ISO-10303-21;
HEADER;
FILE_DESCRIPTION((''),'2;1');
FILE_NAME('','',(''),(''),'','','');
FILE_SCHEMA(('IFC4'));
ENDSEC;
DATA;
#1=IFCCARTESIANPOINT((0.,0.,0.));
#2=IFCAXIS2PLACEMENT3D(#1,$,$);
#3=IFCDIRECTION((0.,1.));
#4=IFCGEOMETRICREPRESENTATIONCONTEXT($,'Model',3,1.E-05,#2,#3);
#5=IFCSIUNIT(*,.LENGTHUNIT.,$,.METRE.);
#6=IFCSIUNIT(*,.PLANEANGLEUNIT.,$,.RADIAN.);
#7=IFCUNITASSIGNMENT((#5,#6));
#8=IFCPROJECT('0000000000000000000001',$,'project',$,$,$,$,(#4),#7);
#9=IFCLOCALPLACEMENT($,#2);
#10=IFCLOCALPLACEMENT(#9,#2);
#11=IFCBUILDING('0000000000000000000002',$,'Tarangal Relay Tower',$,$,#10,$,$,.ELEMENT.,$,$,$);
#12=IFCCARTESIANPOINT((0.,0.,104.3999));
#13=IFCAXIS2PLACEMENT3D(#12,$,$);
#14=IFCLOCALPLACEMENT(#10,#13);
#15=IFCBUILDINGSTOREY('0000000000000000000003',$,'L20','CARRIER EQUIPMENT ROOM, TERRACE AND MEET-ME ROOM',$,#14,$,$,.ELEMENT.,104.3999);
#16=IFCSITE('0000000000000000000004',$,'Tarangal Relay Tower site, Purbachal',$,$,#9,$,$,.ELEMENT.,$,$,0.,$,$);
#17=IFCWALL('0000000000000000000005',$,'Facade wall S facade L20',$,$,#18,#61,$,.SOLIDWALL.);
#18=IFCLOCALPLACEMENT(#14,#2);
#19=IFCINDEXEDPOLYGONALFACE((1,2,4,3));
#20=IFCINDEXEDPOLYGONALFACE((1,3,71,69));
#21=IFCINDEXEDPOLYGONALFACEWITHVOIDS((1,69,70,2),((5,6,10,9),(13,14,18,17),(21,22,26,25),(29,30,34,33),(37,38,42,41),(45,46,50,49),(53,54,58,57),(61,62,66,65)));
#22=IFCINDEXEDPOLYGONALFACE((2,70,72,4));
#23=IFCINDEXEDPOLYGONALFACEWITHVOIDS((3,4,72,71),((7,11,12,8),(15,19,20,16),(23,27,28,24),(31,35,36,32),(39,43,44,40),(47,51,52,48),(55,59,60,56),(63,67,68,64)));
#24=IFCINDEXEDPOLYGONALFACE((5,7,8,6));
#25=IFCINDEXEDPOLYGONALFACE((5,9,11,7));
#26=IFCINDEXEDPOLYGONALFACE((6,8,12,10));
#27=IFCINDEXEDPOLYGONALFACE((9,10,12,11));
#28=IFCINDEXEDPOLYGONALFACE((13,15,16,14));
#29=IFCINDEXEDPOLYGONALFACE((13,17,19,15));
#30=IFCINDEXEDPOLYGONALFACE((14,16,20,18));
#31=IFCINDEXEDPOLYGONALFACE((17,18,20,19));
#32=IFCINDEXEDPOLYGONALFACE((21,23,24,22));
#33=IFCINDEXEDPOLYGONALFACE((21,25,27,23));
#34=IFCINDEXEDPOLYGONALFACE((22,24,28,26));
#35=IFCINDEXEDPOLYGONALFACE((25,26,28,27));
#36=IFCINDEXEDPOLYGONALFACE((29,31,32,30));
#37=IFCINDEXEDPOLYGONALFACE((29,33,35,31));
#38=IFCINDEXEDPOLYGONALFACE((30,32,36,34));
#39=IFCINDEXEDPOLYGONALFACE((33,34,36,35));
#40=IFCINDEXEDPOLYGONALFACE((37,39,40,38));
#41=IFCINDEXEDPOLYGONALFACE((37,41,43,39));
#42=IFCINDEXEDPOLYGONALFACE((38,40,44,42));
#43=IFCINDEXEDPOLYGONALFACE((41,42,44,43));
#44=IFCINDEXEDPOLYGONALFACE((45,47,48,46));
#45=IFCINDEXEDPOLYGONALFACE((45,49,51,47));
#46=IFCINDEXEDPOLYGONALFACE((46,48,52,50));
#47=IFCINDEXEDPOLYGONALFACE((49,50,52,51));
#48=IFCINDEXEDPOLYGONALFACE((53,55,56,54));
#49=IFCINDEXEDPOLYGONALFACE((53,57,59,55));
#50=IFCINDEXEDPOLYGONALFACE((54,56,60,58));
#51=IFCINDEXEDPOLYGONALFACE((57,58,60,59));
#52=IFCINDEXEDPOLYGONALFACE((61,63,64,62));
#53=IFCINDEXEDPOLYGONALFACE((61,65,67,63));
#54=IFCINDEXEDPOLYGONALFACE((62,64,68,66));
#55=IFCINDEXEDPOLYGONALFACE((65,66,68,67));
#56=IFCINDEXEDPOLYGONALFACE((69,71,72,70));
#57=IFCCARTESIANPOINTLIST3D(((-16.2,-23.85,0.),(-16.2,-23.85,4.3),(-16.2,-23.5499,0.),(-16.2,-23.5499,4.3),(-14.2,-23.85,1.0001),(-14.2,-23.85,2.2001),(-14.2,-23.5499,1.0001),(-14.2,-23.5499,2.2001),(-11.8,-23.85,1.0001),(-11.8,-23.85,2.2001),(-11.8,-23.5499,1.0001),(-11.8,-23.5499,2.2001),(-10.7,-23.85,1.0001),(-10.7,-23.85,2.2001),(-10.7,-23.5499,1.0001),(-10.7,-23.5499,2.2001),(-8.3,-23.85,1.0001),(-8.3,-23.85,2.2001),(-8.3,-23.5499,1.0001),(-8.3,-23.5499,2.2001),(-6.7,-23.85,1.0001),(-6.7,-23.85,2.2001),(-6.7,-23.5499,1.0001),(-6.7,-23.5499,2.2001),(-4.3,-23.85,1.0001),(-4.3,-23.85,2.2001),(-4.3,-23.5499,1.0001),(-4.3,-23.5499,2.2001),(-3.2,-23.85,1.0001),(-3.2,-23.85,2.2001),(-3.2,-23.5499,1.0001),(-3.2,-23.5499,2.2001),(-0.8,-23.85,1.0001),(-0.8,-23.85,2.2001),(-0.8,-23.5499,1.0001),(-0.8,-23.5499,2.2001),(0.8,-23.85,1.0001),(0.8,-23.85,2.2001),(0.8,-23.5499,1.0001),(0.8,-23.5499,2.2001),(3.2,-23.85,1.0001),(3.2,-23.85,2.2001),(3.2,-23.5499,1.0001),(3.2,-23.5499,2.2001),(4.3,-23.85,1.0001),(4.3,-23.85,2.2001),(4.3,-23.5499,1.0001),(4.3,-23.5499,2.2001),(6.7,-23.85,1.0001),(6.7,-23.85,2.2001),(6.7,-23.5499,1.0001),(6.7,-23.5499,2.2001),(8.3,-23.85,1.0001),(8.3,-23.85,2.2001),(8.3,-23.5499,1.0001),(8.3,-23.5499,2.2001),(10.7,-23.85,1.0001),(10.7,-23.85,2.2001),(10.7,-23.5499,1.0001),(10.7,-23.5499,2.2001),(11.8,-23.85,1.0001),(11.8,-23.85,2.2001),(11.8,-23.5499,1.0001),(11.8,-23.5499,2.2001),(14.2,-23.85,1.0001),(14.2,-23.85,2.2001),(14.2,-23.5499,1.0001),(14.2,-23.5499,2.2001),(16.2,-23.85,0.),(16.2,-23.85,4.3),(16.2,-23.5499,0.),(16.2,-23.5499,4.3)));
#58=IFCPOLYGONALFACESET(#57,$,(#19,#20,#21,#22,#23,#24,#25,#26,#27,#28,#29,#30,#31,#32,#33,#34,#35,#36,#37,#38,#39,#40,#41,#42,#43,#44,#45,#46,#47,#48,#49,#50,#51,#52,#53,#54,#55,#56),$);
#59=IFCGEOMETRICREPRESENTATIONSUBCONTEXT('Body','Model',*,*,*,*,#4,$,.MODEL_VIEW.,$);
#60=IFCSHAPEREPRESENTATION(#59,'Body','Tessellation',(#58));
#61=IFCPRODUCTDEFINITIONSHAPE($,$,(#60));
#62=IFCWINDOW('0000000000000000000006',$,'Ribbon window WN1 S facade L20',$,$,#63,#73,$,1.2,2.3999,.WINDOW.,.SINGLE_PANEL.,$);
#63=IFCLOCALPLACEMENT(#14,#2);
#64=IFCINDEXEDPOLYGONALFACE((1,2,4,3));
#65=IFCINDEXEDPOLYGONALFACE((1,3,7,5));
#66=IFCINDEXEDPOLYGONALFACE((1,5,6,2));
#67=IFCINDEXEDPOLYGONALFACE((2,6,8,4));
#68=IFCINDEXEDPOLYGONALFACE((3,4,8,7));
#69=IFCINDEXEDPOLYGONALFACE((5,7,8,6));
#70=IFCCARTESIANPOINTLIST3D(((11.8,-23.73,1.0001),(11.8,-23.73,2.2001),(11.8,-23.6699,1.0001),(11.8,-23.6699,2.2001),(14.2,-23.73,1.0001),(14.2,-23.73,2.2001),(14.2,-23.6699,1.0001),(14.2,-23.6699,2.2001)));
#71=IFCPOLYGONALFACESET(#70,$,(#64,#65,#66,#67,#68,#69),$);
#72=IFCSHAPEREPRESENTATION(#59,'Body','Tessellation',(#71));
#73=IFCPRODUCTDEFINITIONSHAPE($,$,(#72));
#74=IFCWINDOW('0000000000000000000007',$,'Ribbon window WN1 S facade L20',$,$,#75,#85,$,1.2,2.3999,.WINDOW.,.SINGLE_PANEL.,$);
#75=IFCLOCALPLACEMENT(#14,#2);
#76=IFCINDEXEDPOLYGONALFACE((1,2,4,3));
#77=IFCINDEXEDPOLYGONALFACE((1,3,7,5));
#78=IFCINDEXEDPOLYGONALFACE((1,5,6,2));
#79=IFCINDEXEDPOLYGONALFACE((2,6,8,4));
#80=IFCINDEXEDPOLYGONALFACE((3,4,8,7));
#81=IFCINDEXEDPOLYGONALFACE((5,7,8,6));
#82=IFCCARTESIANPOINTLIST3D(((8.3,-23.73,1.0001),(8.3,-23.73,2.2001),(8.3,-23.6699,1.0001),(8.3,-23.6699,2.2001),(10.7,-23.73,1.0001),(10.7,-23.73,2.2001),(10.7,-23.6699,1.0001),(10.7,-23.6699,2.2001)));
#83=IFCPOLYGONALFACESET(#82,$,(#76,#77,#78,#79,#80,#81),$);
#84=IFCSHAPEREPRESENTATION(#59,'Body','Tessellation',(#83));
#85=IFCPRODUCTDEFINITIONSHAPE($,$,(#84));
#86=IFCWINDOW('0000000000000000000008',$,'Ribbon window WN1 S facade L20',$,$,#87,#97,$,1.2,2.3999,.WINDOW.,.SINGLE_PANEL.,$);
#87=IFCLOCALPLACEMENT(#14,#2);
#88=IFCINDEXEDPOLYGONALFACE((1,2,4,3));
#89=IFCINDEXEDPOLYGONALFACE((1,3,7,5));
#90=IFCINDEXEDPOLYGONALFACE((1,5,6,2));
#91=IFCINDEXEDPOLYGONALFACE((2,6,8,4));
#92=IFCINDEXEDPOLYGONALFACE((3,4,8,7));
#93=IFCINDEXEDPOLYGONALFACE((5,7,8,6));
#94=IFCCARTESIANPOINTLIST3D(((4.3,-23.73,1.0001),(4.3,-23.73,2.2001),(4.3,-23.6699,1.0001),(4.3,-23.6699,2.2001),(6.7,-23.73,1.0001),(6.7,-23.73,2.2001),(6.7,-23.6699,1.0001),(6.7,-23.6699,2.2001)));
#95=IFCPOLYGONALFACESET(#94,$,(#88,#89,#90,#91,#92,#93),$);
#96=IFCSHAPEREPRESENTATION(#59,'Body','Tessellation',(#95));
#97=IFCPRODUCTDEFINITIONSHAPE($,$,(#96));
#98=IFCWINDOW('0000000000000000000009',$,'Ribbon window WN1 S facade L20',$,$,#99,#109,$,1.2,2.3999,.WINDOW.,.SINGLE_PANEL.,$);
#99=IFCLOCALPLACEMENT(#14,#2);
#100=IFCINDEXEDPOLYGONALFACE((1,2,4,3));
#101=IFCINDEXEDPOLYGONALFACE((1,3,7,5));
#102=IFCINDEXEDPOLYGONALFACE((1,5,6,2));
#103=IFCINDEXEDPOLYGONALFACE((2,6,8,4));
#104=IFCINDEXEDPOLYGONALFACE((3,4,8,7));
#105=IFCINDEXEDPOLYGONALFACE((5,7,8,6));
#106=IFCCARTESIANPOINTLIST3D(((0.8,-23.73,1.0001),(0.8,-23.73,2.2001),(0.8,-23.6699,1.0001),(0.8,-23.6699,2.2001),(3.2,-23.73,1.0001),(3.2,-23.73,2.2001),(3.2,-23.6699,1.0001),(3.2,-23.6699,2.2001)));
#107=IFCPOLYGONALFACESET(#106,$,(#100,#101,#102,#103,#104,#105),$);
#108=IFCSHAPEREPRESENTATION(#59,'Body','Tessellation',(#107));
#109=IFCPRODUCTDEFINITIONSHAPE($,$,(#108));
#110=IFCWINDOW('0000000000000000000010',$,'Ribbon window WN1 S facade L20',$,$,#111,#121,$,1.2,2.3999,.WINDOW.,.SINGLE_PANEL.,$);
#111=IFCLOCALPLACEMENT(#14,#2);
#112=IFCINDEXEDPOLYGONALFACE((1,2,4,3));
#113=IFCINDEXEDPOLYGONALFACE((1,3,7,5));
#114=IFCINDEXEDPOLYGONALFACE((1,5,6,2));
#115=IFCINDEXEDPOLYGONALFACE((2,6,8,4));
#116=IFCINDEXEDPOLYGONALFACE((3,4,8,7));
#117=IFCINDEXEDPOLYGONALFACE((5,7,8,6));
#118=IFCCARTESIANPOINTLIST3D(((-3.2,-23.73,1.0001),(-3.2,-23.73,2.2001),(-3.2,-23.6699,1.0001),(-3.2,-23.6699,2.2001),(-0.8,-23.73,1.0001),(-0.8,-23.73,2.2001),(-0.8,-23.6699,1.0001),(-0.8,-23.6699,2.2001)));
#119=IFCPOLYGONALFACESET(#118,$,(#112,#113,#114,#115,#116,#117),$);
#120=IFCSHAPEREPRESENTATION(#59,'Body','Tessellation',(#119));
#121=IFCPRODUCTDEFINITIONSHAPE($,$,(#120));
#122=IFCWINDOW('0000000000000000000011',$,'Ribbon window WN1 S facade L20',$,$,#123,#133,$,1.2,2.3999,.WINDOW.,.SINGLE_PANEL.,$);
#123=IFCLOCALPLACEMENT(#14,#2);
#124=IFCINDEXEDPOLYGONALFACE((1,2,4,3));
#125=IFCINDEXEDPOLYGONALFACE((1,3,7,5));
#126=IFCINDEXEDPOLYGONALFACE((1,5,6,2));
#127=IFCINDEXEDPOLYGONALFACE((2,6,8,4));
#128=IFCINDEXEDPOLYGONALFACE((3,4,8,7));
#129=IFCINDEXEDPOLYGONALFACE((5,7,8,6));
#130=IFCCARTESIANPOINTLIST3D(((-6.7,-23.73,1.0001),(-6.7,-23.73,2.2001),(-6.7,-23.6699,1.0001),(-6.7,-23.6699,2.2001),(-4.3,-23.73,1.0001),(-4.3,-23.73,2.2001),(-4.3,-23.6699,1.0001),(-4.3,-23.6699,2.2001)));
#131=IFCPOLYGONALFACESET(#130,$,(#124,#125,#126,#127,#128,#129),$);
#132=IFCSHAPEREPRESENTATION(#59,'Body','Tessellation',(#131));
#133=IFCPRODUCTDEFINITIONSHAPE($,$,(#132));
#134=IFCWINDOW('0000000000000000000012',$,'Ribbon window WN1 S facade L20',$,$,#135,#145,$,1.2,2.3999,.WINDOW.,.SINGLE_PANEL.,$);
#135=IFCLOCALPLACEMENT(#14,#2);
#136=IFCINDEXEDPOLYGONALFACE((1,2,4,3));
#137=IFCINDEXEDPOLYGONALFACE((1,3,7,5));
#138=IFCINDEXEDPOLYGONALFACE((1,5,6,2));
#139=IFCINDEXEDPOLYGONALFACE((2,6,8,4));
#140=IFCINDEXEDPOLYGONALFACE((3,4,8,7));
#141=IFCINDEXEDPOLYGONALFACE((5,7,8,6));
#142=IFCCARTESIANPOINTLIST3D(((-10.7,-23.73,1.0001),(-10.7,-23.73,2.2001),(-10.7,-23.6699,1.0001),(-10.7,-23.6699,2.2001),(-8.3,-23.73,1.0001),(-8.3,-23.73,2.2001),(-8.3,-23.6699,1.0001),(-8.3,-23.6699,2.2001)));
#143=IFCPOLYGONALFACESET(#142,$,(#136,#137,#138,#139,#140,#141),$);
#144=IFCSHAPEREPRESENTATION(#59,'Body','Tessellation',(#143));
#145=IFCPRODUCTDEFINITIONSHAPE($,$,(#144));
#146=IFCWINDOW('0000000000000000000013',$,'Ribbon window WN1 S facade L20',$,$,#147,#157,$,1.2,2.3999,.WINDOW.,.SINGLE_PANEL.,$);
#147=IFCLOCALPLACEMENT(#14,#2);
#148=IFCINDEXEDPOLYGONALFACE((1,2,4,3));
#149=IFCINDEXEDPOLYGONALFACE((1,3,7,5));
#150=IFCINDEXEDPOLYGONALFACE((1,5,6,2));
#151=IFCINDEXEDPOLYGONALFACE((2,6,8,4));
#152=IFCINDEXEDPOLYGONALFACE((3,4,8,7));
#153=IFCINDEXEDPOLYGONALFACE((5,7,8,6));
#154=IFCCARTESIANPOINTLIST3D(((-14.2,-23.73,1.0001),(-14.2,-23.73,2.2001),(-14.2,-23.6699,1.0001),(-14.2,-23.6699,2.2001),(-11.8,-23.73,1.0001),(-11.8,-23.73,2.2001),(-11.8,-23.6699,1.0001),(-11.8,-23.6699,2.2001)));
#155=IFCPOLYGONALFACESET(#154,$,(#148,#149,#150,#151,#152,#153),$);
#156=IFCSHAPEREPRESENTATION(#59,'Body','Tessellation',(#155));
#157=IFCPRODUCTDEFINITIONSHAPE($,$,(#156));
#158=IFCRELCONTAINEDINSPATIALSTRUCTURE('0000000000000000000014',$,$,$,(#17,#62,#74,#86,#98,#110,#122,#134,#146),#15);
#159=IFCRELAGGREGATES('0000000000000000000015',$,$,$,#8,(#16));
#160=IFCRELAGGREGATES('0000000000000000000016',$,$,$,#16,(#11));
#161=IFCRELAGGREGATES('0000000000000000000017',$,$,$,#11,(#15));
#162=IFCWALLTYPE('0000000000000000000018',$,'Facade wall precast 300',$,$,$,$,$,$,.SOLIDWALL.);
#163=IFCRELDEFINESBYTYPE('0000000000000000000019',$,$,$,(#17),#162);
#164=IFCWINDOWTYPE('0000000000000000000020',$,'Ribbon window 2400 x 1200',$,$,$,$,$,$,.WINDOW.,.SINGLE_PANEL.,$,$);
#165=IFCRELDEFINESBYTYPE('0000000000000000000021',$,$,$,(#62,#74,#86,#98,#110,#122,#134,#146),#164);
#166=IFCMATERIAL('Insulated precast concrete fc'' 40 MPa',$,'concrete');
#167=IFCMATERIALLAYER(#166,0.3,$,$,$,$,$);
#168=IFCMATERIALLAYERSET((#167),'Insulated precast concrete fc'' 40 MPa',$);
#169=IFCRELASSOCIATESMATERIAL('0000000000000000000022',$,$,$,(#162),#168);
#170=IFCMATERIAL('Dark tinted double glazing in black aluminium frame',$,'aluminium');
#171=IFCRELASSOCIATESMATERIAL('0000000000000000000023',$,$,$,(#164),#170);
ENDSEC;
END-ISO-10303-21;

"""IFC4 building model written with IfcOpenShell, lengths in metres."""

from ifc_helpers import new_model, si_unit, direction, frame, frame_2d, origin, place, context, subcontext, project, spatial, rectangle, extrude, material, layer, layer_set, type_object, element, fill, save


model = new_model("IFC4")

# Units and contexts
model_context = context("Model", 3, precision=1e-05, world=origin(), true_north=direction((0.0, 1.0)))
body_context = subcontext(model_context, "Body", "Model", "MODEL_VIEW")
ifc_project = project(units=[si_unit("LENGTHUNIT", "METRE"), si_unit("PLANEANGLEUNIT", "RADIAN")], contexts=[model_context])

# Site, building, storey
site_placement = place(None, origin())
site = spatial("IfcSite", under=ifc_project, at=site_placement, Name="Tarangal Relay Tower site, Purbachal", CompositionType="ELEMENT", RefElevation=0.0)
building_placement = place(site_placement, origin())
building = spatial("IfcBuilding", under=site, at=building_placement, Name="Tarangal Relay Tower", CompositionType="ELEMENT")
storey_placement = place(building_placement, frame((0.0, 0.0, 104.3999)))
storey = spatial("IfcBuildingStorey", under=building, at=storey_placement, Name="L20", Description="CARRIER EQUIPMENT ROOM, TERRACE AND MEET-ME ROOM", CompositionType="ELEMENT", Elevation=104.3999)

# Shared definitions
ifc_material_1 = material(Name="Insulated precast concrete fc' 40 MPa", Category="concrete")
ifc_layer_1 = layer(ifc_material_1, 0.3)
ifc_layer_set_1 = layer_set([ifc_layer_1], Name="Insulated precast concrete fc' 40 MPa")
wall_type_1 = type_object("IfcWallType", Name="Facade wall precast 300", PredefinedType="SOLIDWALL", material=ifc_layer_set_1)

# Wall, openings, windows
wall_1_placement = place(storey_placement, frame((16.2, -23.7, 0.0), z_axis=(0.0, 0.0, 1.0), x_axis=(-1.0, 0.0, 0.0)))
wall_1 = element("IfcWall", 1, at=wall_1_placement, inside=storey, type_object=wall_type_1, Name="Facade wall S facade L20", PredefinedType="SOLIDWALL", context=body_context, shape_type="SweptSolid", body=[
    extrude(rectangle(XDim=32.3999, YDim=0.3, at=frame_2d((16.2, 0.0))), origin(), (0.0, 0.0, 1.0), 4.3),
])
opening_1_placement = place(wall_1_placement, frame((2.0, 0.0, 1.0)))
opening_1 = element("IfcOpeningElement", 2, at=opening_1_placement, cuts=wall_1, PredefinedType="OPENING", context=body_context, shape_type="SweptSolid", body=[
    extrude(rectangle(XDim=2.3999, YDim=1.2, at=frame_2d((1.2, 0.6001))), frame((0.0, 0.1599, 0.0), z_axis=(0.0, -1.0, 0.0), x_axis=(1.0, 0.0, 0.0)), (0.0, 0.0, 1.0), 0.3201),
])
opening_2_placement = place(wall_1_placement, frame((5.5, 0.0, 1.0)))
opening_2 = element("IfcOpeningElement", 3, at=opening_2_placement, cuts=wall_1, PredefinedType="OPENING", context=body_context, shape_type="SweptSolid", body=[
    extrude(rectangle(XDim=2.3999, YDim=1.2, at=frame_2d((1.2, 0.6001))), frame((0.0, 0.1599, 0.0), z_axis=(0.0, -1.0, 0.0), x_axis=(1.0, 0.0, 0.0)), (0.0, 0.0, 1.0), 0.3201),
])
opening_3_placement = place(wall_1_placement, frame((9.5, 0.0, 1.0)))
opening_3 = element("IfcOpeningElement", 4, at=opening_3_placement, cuts=wall_1, PredefinedType="OPENING", context=body_context, shape_type="SweptSolid", body=[
    extrude(rectangle(XDim=2.3999, YDim=1.2, at=frame_2d((1.2, 0.6001))), frame((0.0, 0.1599, 0.0), z_axis=(0.0, -1.0, 0.0), x_axis=(1.0, 0.0, 0.0)), (0.0, 0.0, 1.0), 0.3201),
])
opening_4_placement = place(wall_1_placement, frame((13.0, 0.0, 1.0)))
opening_4 = element("IfcOpeningElement", 5, at=opening_4_placement, cuts=wall_1, PredefinedType="OPENING", context=body_context, shape_type="SweptSolid", body=[
    extrude(rectangle(XDim=2.3999, YDim=1.2, at=frame_2d((1.2, 0.6001))), frame((0.0, 0.1599, 0.0), z_axis=(0.0, -1.0, 0.0), x_axis=(1.0, 0.0, 0.0)), (0.0, 0.0, 1.0), 0.3201),
])
opening_5_placement = place(wall_1_placement, frame((17.0, 0.0, 1.0)))
opening_5 = element("IfcOpeningElement", 6, at=opening_5_placement, cuts=wall_1, PredefinedType="OPENING", context=body_context, shape_type="SweptSolid", body=[
    extrude(rectangle(XDim=2.3999, YDim=1.2, at=frame_2d((1.2, 0.6001))), frame((0.0, 0.1599, 0.0), z_axis=(0.0, -1.0, 0.0), x_axis=(1.0, 0.0, 0.0)), (0.0, 0.0, 1.0), 0.3201),
])
opening_6_placement = place(wall_1_placement, frame((20.5, 0.0, 1.0)))
opening_6 = element("IfcOpeningElement", 7, at=opening_6_placement, cuts=wall_1, PredefinedType="OPENING", context=body_context, shape_type="SweptSolid", body=[
    extrude(rectangle(XDim=2.3999, YDim=1.2, at=frame_2d((1.2, 0.6001))), frame((0.0, 0.1599, 0.0), z_axis=(0.0, -1.0, 0.0), x_axis=(1.0, 0.0, 0.0)), (0.0, 0.0, 1.0), 0.3201),
])
opening_7_placement = place(wall_1_placement, frame((24.5, 0.0, 1.0)))
opening_7 = element("IfcOpeningElement", 8, at=opening_7_placement, cuts=wall_1, PredefinedType="OPENING", context=body_context, shape_type="SweptSolid", body=[
    extrude(rectangle(XDim=2.3999, YDim=1.2, at=frame_2d((1.2, 0.6001))), frame((0.0, 0.1599, 0.0), z_axis=(0.0, -1.0, 0.0), x_axis=(1.0, 0.0, 0.0)), (0.0, 0.0, 1.0), 0.3201),
])
opening_8_placement = place(wall_1_placement, frame((28.0, 0.0, 1.0)))
opening_8 = element("IfcOpeningElement", 9, at=opening_8_placement, cuts=wall_1, PredefinedType="OPENING", context=body_context, shape_type="SweptSolid", body=[
    extrude(rectangle(XDim=2.3999, YDim=1.2, at=frame_2d((1.2, 0.6001))), frame((0.0, 0.1599, 0.0), z_axis=(0.0, -1.0, 0.0), x_axis=(1.0, 0.0, 0.0)), (0.0, 0.0, 1.0), 0.3201),
])
ifc_material_2 = material(Name="Dark tinted double glazing in black aluminium frame", Category="aluminium")
window_type = type_object("IfcWindowType", Name="Ribbon window 2400 x 1200", PartitioningType="SINGLE_PANEL", PredefinedType="WINDOW", material=ifc_material_2)
window_1_placement = place(opening_1_placement, origin())
window_1 = element("IfcWindow", 10, at=window_1_placement, inside=storey, type_object=window_type, Name="Ribbon window WN1 S facade L20", OverallHeight=1.2, OverallWidth=2.3999, PartitioningType="SINGLE_PANEL", PredefinedType="WINDOW", context=body_context, shape_type="SweptSolid", body=[
    extrude(rectangle(XDim=2.3999, YDim=1.2, at=frame_2d((1.2, 0.6001))), frame((0.0, 0.03, 0.0), z_axis=(0.0, -1.0, 0.0), x_axis=(1.0, 0.0, 0.0)), (0.0, 0.0, 1.0), 0.0601),
])
fill(opening_1, window_1)
window_2_placement = place(opening_2_placement, origin())
window_2 = element("IfcWindow", 11, at=window_2_placement, inside=storey, type_object=window_type, Name="Ribbon window WN1 S facade L20", OverallHeight=1.2, OverallWidth=2.3999, PartitioningType="SINGLE_PANEL", PredefinedType="WINDOW", context=body_context, shape_type="SweptSolid", body=[
    extrude(rectangle(XDim=2.3999, YDim=1.2, at=frame_2d((1.2, 0.6001))), frame((0.0, 0.03, 0.0), z_axis=(0.0, -1.0, 0.0), x_axis=(1.0, 0.0, 0.0)), (0.0, 0.0, 1.0), 0.0601),
])
fill(opening_2, window_2)
window_3_placement = place(opening_3_placement, origin())
window_3 = element("IfcWindow", 12, at=window_3_placement, inside=storey, type_object=window_type, Name="Ribbon window WN1 S facade L20", OverallHeight=1.2, OverallWidth=2.3999, PartitioningType="SINGLE_PANEL", PredefinedType="WINDOW", context=body_context, shape_type="SweptSolid", body=[
    extrude(rectangle(XDim=2.3999, YDim=1.2, at=frame_2d((1.2, 0.6001))), frame((0.0, 0.03, 0.0), z_axis=(0.0, -1.0, 0.0), x_axis=(1.0, 0.0, 0.0)), (0.0, 0.0, 1.0), 0.0601),
])
fill(opening_3, window_3)
window_4_placement = place(opening_4_placement, origin())
window_4 = element("IfcWindow", 13, at=window_4_placement, inside=storey, type_object=window_type, Name="Ribbon window WN1 S facade L20", OverallHeight=1.2, OverallWidth=2.3999, PartitioningType="SINGLE_PANEL", PredefinedType="WINDOW", context=body_context, shape_type="SweptSolid", body=[
    extrude(rectangle(XDim=2.3999, YDim=1.2, at=frame_2d((1.2, 0.6001))), frame((0.0, 0.03, 0.0), z_axis=(0.0, -1.0, 0.0), x_axis=(1.0, 0.0, 0.0)), (0.0, 0.0, 1.0), 0.0601),
])
fill(opening_4, window_4)
window_5_placement = place(opening_5_placement, origin())
window_5 = element("IfcWindow", 14, at=window_5_placement, inside=storey, type_object=window_type, Name="Ribbon window WN1 S facade L20", OverallHeight=1.2, OverallWidth=2.3999, PartitioningType="SINGLE_PANEL", PredefinedType="WINDOW", context=body_context, shape_type="SweptSolid", body=[
    extrude(rectangle(XDim=2.3999, YDim=1.2, at=frame_2d((1.2, 0.6001))), frame((0.0, 0.03, 0.0), z_axis=(0.0, -1.0, 0.0), x_axis=(1.0, 0.0, 0.0)), (0.0, 0.0, 1.0), 0.0601),
])
fill(opening_5, window_5)
window_6_placement = place(opening_6_placement, origin())
window_6 = element("IfcWindow", 15, at=window_6_placement, inside=storey, type_object=window_type, Name="Ribbon window WN1 S facade L20", OverallHeight=1.2, OverallWidth=2.3999, PartitioningType="SINGLE_PANEL", PredefinedType="WINDOW", context=body_context, shape_type="SweptSolid", body=[
    extrude(rectangle(XDim=2.3999, YDim=1.2, at=frame_2d((1.2, 0.6001))), frame((0.0, 0.03, 0.0), z_axis=(0.0, -1.0, 0.0), x_axis=(1.0, 0.0, 0.0)), (0.0, 0.0, 1.0), 0.0601),
])
fill(opening_6, window_6)
window_7_placement = place(opening_7_placement, origin())
window_7 = element("IfcWindow", 16, at=window_7_placement, inside=storey, type_object=window_type, Name="Ribbon window WN1 S facade L20", OverallHeight=1.2, OverallWidth=2.3999, PartitioningType="SINGLE_PANEL", PredefinedType="WINDOW", context=body_context, shape_type="SweptSolid", body=[
    extrude(rectangle(XDim=2.3999, YDim=1.2, at=frame_2d((1.2, 0.6001))), frame((0.0, 0.03, 0.0), z_axis=(0.0, -1.0, 0.0), x_axis=(1.0, 0.0, 0.0)), (0.0, 0.0, 1.0), 0.0601),
])
fill(opening_7, window_7)
window_8_placement = place(opening_8_placement, origin())
window_8 = element("IfcWindow", 17, at=window_8_placement, inside=storey, type_object=window_type, Name="Ribbon window WN1 S facade L20", OverallHeight=1.2, OverallWidth=2.3999, PartitioningType="SINGLE_PANEL", PredefinedType="WINDOW", context=body_context, shape_type="SweptSolid", body=[
    extrude(rectangle(XDim=2.3999, YDim=1.2, at=frame_2d((1.2, 0.6001))), frame((0.0, 0.03, 0.0), z_axis=(0.0, -1.0, 0.0), x_axis=(1.0, 0.0, 0.0)), (0.0, 0.0, 1.0), 0.0601),
])
fill(opening_8, window_8)

save(model, "model.ifc")
